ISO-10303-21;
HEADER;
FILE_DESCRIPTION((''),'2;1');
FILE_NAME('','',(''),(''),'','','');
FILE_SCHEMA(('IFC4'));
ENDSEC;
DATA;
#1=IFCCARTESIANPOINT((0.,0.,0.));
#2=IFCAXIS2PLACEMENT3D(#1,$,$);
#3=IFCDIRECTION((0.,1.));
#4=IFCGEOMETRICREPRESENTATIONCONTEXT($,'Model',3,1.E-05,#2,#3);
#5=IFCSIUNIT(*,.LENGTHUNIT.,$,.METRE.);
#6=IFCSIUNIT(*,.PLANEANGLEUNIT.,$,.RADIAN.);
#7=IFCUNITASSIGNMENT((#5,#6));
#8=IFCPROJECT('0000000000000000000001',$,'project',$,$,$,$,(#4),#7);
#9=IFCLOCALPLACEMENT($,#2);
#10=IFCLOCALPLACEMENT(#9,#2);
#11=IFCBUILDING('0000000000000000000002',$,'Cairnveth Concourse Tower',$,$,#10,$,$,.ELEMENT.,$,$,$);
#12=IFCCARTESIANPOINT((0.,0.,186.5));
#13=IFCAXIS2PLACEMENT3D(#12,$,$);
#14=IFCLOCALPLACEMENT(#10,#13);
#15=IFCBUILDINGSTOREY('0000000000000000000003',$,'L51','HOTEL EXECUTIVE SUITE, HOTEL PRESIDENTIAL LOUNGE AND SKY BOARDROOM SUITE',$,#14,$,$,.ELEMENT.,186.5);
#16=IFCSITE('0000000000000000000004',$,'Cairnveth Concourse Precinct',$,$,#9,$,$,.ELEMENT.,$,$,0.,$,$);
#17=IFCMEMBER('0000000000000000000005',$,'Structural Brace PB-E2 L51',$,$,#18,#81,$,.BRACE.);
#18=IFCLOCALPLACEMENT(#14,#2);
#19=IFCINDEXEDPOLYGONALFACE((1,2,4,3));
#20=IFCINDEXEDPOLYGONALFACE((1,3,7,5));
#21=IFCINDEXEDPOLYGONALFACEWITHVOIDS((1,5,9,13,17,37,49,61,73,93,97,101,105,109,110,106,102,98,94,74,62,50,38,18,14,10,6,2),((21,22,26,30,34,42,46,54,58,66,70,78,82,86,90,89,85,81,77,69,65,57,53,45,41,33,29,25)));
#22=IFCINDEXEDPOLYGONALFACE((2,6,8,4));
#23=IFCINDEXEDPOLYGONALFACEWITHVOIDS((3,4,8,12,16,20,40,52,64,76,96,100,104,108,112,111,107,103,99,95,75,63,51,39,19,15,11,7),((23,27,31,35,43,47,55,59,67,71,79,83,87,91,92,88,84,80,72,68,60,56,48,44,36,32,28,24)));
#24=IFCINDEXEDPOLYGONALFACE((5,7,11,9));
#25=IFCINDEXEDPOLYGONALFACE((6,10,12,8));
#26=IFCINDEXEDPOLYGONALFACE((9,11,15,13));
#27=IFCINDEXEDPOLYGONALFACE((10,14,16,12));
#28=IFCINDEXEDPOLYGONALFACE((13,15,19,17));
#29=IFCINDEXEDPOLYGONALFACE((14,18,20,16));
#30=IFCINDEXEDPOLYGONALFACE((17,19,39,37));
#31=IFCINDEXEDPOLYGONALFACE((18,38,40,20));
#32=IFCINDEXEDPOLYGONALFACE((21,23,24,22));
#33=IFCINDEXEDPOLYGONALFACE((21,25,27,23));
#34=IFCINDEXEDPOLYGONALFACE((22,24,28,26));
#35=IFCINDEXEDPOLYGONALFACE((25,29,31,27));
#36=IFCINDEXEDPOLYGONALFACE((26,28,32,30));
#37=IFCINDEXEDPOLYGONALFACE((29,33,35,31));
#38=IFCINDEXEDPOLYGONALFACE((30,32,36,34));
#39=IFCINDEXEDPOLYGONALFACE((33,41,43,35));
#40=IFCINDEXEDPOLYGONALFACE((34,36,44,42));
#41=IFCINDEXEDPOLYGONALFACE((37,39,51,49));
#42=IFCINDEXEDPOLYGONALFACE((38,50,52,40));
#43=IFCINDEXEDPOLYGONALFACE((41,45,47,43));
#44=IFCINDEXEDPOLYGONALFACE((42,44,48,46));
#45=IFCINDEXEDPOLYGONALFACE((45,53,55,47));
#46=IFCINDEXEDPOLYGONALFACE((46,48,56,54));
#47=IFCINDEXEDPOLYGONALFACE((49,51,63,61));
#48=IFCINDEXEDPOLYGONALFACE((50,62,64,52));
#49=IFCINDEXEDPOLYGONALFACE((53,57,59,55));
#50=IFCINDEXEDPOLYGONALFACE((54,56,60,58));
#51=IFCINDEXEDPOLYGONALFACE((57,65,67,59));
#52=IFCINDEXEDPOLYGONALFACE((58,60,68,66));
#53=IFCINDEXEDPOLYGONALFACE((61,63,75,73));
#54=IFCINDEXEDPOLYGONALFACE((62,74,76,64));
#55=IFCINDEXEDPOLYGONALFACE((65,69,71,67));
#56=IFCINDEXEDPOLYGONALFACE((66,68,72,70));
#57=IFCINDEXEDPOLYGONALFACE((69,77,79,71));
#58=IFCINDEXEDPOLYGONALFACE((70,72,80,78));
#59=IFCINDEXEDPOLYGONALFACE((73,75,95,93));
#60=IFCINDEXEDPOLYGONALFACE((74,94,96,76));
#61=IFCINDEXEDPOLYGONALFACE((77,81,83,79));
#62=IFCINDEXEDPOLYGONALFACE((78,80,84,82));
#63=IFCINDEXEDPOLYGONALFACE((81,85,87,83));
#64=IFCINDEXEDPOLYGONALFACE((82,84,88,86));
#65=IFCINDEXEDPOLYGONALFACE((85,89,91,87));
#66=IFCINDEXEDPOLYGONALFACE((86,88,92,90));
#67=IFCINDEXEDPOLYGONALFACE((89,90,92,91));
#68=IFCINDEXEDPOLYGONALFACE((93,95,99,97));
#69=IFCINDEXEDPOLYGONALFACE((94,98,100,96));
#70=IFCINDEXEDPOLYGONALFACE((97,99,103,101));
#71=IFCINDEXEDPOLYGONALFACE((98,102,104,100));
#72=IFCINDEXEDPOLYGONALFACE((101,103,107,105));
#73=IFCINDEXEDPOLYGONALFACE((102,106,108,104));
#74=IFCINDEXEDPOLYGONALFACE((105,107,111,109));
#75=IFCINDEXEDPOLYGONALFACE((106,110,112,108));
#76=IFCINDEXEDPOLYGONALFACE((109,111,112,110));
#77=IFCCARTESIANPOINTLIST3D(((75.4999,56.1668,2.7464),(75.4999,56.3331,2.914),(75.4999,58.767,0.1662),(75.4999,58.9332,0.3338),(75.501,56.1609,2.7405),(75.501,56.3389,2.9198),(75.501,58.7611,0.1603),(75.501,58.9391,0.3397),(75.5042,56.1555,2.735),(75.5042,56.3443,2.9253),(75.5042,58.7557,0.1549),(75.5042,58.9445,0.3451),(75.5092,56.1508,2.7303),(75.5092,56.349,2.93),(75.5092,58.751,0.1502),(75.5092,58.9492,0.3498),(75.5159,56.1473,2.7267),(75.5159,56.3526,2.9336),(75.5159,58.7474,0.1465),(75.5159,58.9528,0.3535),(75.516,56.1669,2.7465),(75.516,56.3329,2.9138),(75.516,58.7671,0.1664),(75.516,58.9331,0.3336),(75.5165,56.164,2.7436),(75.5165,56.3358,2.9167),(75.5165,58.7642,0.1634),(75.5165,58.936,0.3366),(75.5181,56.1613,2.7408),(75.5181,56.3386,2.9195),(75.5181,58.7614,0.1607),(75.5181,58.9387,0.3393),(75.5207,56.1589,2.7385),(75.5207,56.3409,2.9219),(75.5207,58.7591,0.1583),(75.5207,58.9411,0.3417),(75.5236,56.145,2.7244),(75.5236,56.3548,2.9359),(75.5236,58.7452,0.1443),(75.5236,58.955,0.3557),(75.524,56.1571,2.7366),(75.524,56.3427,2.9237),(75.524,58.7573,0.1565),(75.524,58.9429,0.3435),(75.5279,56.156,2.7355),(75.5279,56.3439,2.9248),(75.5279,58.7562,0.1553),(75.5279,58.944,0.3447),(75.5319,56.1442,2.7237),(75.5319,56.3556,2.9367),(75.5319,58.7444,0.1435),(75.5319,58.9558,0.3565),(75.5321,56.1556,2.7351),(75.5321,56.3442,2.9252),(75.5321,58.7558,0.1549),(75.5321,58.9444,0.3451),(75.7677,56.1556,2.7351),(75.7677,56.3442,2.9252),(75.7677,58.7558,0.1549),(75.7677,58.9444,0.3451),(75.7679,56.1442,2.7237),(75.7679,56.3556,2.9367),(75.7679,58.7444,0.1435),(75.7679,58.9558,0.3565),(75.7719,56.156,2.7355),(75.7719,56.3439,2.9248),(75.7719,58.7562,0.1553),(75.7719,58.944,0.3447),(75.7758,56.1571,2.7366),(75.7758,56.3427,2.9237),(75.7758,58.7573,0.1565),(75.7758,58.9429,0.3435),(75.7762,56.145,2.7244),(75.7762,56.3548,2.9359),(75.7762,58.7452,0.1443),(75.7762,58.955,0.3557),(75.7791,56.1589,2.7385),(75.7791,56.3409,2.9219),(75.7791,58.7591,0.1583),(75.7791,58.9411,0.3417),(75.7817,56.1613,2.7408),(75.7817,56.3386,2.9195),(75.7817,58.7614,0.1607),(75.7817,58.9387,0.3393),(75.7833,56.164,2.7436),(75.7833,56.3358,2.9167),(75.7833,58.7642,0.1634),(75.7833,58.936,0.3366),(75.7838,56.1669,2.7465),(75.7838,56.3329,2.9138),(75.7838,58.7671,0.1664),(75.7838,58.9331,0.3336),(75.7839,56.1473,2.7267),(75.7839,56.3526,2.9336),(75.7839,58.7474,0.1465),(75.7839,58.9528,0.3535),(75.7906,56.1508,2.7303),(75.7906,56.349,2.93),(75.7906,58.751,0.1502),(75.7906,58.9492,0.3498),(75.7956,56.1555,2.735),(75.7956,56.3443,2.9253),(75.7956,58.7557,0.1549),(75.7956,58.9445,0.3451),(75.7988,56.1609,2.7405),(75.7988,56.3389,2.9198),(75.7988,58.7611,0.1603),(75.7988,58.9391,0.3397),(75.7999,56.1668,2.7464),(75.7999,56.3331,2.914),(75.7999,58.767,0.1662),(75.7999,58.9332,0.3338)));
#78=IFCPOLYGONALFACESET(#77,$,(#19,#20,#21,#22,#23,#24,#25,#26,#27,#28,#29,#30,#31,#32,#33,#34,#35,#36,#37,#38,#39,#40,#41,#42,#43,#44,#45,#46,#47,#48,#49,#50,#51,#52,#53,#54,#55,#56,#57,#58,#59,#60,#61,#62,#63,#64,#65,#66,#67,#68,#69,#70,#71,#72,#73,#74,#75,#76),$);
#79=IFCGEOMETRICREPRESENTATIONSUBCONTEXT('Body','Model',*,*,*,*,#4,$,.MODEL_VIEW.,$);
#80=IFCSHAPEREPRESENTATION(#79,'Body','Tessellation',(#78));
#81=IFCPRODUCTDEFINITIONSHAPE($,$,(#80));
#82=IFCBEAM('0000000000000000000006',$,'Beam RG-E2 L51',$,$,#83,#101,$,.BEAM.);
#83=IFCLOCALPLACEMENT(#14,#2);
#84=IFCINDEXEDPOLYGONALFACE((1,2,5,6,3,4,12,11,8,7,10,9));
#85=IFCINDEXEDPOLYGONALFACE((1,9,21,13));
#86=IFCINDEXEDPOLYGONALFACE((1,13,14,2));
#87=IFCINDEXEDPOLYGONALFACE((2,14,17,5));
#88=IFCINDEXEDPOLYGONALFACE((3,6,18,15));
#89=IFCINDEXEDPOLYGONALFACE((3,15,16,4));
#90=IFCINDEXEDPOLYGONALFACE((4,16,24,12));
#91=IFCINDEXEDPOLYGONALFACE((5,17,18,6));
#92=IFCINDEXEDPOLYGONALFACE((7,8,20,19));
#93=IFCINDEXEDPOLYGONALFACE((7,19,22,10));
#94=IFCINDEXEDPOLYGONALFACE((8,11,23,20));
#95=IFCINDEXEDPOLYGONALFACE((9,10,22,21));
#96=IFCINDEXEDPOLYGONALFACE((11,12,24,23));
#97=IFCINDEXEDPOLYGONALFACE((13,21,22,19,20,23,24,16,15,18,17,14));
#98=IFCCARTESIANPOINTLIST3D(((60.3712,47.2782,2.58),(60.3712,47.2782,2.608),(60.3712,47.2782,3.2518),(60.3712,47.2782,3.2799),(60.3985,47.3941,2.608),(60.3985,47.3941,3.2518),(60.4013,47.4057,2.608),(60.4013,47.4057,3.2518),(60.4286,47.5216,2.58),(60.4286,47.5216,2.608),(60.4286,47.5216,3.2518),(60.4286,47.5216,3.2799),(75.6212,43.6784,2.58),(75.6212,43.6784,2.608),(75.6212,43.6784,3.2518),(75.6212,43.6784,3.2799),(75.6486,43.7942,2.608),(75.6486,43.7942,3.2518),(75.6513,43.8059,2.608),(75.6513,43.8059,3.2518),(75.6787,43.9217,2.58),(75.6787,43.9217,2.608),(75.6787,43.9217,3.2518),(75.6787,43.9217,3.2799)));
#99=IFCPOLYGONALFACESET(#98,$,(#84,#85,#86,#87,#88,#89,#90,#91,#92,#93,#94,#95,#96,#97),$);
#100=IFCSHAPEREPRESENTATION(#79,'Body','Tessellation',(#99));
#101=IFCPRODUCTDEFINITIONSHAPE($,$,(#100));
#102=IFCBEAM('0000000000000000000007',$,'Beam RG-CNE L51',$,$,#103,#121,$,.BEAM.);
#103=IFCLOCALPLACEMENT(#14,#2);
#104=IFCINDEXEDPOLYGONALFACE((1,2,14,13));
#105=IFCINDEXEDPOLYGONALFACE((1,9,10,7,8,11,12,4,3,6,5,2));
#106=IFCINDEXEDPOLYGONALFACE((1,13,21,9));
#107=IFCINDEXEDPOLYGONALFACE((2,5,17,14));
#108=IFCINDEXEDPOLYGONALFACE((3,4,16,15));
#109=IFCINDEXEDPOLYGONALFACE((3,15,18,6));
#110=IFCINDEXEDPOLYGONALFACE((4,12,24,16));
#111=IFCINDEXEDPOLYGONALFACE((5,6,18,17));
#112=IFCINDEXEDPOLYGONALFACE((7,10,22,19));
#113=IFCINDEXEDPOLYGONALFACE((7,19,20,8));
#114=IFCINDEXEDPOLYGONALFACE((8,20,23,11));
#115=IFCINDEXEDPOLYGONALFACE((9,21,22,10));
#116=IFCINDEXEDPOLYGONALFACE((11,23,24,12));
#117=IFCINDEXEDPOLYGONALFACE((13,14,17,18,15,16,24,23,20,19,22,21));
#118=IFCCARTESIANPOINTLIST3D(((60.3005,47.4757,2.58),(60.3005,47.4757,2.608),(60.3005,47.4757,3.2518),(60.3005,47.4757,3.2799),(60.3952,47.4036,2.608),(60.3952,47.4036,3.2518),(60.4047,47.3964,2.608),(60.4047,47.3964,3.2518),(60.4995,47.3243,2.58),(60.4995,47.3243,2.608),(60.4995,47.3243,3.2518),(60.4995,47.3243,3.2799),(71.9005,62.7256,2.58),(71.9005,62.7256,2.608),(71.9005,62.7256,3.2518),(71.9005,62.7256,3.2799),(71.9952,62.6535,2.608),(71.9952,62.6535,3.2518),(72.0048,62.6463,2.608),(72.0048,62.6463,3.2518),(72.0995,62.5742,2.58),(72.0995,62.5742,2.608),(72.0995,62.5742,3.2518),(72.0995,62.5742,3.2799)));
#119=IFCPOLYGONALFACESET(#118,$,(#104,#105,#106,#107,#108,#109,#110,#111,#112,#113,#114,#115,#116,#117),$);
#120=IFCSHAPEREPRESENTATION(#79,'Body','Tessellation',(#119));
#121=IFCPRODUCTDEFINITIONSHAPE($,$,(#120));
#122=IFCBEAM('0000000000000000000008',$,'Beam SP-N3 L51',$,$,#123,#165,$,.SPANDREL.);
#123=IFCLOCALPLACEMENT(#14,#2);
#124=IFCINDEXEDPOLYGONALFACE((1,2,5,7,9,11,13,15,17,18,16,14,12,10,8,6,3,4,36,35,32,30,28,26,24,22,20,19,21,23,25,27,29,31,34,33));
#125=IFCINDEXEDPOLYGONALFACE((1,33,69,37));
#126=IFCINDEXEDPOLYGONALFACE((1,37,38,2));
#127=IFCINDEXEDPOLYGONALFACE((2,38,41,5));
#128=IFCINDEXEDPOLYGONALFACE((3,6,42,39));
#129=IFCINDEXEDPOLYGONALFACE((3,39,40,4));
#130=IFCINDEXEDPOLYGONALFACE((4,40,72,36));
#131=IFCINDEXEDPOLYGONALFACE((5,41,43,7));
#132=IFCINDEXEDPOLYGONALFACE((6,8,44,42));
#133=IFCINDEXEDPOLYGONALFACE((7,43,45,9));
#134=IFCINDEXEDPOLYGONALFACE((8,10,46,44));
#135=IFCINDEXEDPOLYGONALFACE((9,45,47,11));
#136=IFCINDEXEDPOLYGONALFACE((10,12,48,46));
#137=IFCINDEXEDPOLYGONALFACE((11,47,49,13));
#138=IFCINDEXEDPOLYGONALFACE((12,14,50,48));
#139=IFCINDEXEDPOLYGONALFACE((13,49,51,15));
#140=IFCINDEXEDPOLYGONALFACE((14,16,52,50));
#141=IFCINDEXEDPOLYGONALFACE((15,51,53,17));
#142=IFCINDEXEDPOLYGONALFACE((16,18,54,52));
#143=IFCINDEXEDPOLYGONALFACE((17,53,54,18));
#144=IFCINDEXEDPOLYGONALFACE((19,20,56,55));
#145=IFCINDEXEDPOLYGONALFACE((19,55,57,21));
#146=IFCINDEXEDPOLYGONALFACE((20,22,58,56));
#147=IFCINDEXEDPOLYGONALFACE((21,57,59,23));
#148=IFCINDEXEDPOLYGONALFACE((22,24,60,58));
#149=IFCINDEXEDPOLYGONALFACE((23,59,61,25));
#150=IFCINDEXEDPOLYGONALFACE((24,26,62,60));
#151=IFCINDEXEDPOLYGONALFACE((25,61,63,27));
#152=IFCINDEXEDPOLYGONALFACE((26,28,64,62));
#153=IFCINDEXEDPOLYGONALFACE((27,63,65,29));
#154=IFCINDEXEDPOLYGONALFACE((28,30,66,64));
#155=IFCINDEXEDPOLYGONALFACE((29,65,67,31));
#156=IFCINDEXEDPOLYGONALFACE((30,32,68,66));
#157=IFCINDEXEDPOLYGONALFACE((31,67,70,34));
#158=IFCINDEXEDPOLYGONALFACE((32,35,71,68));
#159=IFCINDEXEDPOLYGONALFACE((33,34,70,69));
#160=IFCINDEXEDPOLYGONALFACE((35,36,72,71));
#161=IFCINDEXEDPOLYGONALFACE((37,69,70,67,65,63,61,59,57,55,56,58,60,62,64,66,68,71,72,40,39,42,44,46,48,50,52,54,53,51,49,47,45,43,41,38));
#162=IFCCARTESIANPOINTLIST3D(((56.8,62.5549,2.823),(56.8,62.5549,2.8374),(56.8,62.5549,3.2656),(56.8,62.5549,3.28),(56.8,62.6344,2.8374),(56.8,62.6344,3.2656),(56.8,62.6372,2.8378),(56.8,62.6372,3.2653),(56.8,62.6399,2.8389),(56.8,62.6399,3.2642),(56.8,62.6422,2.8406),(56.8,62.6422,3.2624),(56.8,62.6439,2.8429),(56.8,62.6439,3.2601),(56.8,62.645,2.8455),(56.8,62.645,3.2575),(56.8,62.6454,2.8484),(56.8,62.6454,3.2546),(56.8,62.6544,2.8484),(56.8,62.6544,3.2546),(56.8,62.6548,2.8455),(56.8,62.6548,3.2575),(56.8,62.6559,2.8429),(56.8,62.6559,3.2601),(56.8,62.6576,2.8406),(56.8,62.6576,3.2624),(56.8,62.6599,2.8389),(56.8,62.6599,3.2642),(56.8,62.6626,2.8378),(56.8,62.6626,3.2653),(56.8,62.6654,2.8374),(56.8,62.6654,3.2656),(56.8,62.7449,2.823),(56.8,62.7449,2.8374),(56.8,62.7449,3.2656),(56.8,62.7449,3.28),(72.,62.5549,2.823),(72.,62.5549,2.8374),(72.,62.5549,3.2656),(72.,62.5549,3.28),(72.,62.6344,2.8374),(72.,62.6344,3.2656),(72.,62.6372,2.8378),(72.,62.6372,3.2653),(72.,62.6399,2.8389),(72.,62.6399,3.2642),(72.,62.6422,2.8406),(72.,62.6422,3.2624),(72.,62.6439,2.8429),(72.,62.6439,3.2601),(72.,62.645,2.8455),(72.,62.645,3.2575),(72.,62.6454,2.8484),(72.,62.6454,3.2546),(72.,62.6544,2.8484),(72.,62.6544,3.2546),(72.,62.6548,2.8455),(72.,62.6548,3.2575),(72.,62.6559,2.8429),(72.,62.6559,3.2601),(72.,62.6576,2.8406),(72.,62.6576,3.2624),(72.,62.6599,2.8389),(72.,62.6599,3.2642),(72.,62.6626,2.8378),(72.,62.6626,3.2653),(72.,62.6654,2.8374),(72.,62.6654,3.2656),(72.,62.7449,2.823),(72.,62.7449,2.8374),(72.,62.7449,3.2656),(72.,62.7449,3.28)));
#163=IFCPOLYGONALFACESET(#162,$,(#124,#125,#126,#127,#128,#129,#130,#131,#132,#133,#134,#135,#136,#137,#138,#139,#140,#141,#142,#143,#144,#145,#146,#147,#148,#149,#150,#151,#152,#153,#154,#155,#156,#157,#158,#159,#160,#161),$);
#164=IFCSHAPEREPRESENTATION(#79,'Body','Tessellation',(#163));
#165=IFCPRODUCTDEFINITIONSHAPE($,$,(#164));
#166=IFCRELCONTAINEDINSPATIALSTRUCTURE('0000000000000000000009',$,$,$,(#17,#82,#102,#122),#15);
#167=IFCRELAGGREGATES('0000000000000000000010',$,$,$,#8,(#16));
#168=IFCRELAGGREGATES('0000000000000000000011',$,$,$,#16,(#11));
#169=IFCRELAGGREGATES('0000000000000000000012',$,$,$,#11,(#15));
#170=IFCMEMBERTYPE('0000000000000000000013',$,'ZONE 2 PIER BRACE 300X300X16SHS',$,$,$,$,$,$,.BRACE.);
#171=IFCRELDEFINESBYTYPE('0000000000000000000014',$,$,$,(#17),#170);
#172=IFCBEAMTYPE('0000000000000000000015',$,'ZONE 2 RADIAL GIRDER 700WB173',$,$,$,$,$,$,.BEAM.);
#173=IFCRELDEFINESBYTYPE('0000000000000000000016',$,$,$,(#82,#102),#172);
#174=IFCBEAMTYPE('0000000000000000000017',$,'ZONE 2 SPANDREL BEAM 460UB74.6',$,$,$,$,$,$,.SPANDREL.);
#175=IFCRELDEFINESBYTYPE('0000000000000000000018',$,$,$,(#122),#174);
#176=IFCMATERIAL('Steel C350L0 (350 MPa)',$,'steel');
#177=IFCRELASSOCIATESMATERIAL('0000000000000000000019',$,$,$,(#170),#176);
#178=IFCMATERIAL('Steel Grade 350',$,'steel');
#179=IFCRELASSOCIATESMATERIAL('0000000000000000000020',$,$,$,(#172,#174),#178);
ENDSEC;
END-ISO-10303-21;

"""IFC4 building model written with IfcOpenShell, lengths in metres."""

from ifc_helpers import new_model, si_unit, direction, frame, origin, origin_2d, place, context, subcontext, project, spatial, hollow_rectangle, i_section, extrude, material, material_profile, profile_set, type_object, element, save


model = new_model("IFC4")

# Units and contexts
model_context = context("Model", 3, precision=1e-05, world=origin(), true_north=direction((0.0, 1.0)))
body_context = subcontext(model_context, "Body", "Model", "MODEL_VIEW")
ifc_project = project(units=[si_unit("LENGTHUNIT", "METRE"), si_unit("PLANEANGLEUNIT", "RADIAN")], contexts=[model_context])

# Site, building, storey
site_placement = place(None, origin())
site = spatial("IfcSite", under=ifc_project, at=site_placement, Name="Cairnveth Concourse Precinct", CompositionType="ELEMENT", RefElevation=0.0)
building_placement = place(site_placement, origin())
building = spatial("IfcBuilding", under=site, at=building_placement, Name="Cairnveth Concourse Tower", CompositionType="ELEMENT")
storey_placement = place(building_placement, frame((0.0, 0.0, 186.5)))
storey = spatial("IfcBuildingStorey", under=building, at=storey_placement, Name="L51", Description="HOTEL EXECUTIVE SUITE, HOTEL PRESIDENTIAL LOUNGE AND SKY BOARDROOM SUITE", CompositionType="ELEMENT", Elevation=186.5)

# Shared definitions
ifc_material_1 = material(Name="Steel Grade 350", Category="steel")

# Member
ifc_material_2 = material(Name="Steel C350L0 (350 MPa)", Category="steel")
ifc_material_profile_1 = material_profile(ifc_material_2, hollow_rectangle(XDim=0.3, YDim=0.3, WallThickness=0.0161, InnerFilletRadius=0.0161, OuterFilletRadius=0.032, at=origin_2d()), Name="300x300x16.0SHS")
ifc_profile_set_1 = profile_set([ifc_material_profile_1], Name="Steel C350L0 (350 MPa)")
member_type = type_object("IfcMemberType", Name="ZONE 2 PIER BRACE 300X300X16SHS", PredefinedType="BRACE", material=ifc_profile_set_1)
for number, where, z_axis, x_axis, name in (
    (1, (75.6499, 58.8501, 0.25), (0.0, -0.709834, 0.704369), (1.0, 0.0, 0.0), "Structural Brace PB-E2 L51"),
):
    element("IfcMember", number, at=place(storey_placement, frame(where, z_axis=z_axis, x_axis=x_axis)), inside=storey, type_object=member_type, Name=name, PredefinedType="BRACE", context=body_context, shape_type="SweptSolid", body=[
        extrude(hollow_rectangle(XDim=0.3, YDim=0.3, WallThickness=0.0161, InnerFilletRadius=0.0161, OuterFilletRadius=0.032, at=origin_2d()), origin(), (0.0, 0.0, 1.0), 3.6631),
    ])

# Beams
ifc_material_profile_2 = material_profile(ifc_material_1, i_section(OverallWidth=0.25, OverallDepth=0.7, WebThickness=0.012, FlangeThickness=0.0281, at=origin_2d()), Name="700WB173")
ifc_profile_set_2 = profile_set([ifc_material_profile_2], Name="Steel Grade 350")
beam_type_1 = type_object("IfcBeamType", Name="ZONE 2 RADIAL GIRDER 700WB173", PredefinedType="BEAM", material=ifc_profile_set_2)
beam_1_placement = place(storey_placement, frame((60.3999, 47.3999, 2.9299), z_axis=(0.973252, -0.229742, 0.0), x_axis=(0.229742, 0.973252, 0.0)))
element("IfcBeam", 2, at=beam_1_placement, inside=storey, type_object=beam_type_1, Name="Beam RG-E2 L51", PredefinedType="BEAM", context=body_context, shape_type="SweptSolid", body=[
    extrude(i_section(OverallWidth=0.25, OverallDepth=0.7, WebThickness=0.012, FlangeThickness=0.0281, at=origin_2d()), origin(), (0.0, 0.0, 1.0), 15.6692),
])
beam_2_placement = place(storey_placement, frame((72.0, 62.6499, 2.9299), z_axis=(-0.605417, -0.795908, 0.0), x_axis=(0.795908, -0.605417, 0.0)))
element("IfcBeam", 3, at=beam_2_placement, inside=storey, type_object=beam_type_1, Name="Beam RG-CNE L51", PredefinedType="BEAM", context=body_context, shape_type="SweptSolid", body=[
    extrude(i_section(OverallWidth=0.25, OverallDepth=0.7, WebThickness=0.012, FlangeThickness=0.0281, at=origin_2d()), origin(), (0.0, 0.0, 1.0), 19.1604),
])
ifc_material_profile_3 = material_profile(ifc_material_1, i_section(OverallWidth=0.1899, OverallDepth=0.457, WebThickness=0.009, FlangeThickness=0.0144, FilletRadius=0.011, at=origin_2d()), Name="460UB74.6")
ifc_profile_set_3 = profile_set([ifc_material_profile_3], Name="Steel Grade 350")
beam_type_2 = type_object("IfcBeamType", Name="ZONE 2 SPANDREL BEAM 460UB74.6", PredefinedType="SPANDREL", material=ifc_profile_set_3)
beam_3_placement = place(storey_placement, frame((56.8, 62.6499, 3.0515), z_axis=(1.0, 0.0, 0.0), x_axis=(0.0, 1.0, 0.0)))
element("IfcBeam", 4, at=beam_3_placement, inside=storey, type_object=beam_type_2, Name="Beam SP-N3 L51", PredefinedType="SPANDREL", context=body_context, shape_type="SweptSolid", body=[
    extrude(i_section(OverallWidth=0.1899, OverallDepth=0.457, WebThickness=0.009, FlangeThickness=0.0144, FilletRadius=0.011, at=origin_2d()), origin(), (0.0, 0.0, 1.0), 15.2),
])

save(model, "model.ifc")
